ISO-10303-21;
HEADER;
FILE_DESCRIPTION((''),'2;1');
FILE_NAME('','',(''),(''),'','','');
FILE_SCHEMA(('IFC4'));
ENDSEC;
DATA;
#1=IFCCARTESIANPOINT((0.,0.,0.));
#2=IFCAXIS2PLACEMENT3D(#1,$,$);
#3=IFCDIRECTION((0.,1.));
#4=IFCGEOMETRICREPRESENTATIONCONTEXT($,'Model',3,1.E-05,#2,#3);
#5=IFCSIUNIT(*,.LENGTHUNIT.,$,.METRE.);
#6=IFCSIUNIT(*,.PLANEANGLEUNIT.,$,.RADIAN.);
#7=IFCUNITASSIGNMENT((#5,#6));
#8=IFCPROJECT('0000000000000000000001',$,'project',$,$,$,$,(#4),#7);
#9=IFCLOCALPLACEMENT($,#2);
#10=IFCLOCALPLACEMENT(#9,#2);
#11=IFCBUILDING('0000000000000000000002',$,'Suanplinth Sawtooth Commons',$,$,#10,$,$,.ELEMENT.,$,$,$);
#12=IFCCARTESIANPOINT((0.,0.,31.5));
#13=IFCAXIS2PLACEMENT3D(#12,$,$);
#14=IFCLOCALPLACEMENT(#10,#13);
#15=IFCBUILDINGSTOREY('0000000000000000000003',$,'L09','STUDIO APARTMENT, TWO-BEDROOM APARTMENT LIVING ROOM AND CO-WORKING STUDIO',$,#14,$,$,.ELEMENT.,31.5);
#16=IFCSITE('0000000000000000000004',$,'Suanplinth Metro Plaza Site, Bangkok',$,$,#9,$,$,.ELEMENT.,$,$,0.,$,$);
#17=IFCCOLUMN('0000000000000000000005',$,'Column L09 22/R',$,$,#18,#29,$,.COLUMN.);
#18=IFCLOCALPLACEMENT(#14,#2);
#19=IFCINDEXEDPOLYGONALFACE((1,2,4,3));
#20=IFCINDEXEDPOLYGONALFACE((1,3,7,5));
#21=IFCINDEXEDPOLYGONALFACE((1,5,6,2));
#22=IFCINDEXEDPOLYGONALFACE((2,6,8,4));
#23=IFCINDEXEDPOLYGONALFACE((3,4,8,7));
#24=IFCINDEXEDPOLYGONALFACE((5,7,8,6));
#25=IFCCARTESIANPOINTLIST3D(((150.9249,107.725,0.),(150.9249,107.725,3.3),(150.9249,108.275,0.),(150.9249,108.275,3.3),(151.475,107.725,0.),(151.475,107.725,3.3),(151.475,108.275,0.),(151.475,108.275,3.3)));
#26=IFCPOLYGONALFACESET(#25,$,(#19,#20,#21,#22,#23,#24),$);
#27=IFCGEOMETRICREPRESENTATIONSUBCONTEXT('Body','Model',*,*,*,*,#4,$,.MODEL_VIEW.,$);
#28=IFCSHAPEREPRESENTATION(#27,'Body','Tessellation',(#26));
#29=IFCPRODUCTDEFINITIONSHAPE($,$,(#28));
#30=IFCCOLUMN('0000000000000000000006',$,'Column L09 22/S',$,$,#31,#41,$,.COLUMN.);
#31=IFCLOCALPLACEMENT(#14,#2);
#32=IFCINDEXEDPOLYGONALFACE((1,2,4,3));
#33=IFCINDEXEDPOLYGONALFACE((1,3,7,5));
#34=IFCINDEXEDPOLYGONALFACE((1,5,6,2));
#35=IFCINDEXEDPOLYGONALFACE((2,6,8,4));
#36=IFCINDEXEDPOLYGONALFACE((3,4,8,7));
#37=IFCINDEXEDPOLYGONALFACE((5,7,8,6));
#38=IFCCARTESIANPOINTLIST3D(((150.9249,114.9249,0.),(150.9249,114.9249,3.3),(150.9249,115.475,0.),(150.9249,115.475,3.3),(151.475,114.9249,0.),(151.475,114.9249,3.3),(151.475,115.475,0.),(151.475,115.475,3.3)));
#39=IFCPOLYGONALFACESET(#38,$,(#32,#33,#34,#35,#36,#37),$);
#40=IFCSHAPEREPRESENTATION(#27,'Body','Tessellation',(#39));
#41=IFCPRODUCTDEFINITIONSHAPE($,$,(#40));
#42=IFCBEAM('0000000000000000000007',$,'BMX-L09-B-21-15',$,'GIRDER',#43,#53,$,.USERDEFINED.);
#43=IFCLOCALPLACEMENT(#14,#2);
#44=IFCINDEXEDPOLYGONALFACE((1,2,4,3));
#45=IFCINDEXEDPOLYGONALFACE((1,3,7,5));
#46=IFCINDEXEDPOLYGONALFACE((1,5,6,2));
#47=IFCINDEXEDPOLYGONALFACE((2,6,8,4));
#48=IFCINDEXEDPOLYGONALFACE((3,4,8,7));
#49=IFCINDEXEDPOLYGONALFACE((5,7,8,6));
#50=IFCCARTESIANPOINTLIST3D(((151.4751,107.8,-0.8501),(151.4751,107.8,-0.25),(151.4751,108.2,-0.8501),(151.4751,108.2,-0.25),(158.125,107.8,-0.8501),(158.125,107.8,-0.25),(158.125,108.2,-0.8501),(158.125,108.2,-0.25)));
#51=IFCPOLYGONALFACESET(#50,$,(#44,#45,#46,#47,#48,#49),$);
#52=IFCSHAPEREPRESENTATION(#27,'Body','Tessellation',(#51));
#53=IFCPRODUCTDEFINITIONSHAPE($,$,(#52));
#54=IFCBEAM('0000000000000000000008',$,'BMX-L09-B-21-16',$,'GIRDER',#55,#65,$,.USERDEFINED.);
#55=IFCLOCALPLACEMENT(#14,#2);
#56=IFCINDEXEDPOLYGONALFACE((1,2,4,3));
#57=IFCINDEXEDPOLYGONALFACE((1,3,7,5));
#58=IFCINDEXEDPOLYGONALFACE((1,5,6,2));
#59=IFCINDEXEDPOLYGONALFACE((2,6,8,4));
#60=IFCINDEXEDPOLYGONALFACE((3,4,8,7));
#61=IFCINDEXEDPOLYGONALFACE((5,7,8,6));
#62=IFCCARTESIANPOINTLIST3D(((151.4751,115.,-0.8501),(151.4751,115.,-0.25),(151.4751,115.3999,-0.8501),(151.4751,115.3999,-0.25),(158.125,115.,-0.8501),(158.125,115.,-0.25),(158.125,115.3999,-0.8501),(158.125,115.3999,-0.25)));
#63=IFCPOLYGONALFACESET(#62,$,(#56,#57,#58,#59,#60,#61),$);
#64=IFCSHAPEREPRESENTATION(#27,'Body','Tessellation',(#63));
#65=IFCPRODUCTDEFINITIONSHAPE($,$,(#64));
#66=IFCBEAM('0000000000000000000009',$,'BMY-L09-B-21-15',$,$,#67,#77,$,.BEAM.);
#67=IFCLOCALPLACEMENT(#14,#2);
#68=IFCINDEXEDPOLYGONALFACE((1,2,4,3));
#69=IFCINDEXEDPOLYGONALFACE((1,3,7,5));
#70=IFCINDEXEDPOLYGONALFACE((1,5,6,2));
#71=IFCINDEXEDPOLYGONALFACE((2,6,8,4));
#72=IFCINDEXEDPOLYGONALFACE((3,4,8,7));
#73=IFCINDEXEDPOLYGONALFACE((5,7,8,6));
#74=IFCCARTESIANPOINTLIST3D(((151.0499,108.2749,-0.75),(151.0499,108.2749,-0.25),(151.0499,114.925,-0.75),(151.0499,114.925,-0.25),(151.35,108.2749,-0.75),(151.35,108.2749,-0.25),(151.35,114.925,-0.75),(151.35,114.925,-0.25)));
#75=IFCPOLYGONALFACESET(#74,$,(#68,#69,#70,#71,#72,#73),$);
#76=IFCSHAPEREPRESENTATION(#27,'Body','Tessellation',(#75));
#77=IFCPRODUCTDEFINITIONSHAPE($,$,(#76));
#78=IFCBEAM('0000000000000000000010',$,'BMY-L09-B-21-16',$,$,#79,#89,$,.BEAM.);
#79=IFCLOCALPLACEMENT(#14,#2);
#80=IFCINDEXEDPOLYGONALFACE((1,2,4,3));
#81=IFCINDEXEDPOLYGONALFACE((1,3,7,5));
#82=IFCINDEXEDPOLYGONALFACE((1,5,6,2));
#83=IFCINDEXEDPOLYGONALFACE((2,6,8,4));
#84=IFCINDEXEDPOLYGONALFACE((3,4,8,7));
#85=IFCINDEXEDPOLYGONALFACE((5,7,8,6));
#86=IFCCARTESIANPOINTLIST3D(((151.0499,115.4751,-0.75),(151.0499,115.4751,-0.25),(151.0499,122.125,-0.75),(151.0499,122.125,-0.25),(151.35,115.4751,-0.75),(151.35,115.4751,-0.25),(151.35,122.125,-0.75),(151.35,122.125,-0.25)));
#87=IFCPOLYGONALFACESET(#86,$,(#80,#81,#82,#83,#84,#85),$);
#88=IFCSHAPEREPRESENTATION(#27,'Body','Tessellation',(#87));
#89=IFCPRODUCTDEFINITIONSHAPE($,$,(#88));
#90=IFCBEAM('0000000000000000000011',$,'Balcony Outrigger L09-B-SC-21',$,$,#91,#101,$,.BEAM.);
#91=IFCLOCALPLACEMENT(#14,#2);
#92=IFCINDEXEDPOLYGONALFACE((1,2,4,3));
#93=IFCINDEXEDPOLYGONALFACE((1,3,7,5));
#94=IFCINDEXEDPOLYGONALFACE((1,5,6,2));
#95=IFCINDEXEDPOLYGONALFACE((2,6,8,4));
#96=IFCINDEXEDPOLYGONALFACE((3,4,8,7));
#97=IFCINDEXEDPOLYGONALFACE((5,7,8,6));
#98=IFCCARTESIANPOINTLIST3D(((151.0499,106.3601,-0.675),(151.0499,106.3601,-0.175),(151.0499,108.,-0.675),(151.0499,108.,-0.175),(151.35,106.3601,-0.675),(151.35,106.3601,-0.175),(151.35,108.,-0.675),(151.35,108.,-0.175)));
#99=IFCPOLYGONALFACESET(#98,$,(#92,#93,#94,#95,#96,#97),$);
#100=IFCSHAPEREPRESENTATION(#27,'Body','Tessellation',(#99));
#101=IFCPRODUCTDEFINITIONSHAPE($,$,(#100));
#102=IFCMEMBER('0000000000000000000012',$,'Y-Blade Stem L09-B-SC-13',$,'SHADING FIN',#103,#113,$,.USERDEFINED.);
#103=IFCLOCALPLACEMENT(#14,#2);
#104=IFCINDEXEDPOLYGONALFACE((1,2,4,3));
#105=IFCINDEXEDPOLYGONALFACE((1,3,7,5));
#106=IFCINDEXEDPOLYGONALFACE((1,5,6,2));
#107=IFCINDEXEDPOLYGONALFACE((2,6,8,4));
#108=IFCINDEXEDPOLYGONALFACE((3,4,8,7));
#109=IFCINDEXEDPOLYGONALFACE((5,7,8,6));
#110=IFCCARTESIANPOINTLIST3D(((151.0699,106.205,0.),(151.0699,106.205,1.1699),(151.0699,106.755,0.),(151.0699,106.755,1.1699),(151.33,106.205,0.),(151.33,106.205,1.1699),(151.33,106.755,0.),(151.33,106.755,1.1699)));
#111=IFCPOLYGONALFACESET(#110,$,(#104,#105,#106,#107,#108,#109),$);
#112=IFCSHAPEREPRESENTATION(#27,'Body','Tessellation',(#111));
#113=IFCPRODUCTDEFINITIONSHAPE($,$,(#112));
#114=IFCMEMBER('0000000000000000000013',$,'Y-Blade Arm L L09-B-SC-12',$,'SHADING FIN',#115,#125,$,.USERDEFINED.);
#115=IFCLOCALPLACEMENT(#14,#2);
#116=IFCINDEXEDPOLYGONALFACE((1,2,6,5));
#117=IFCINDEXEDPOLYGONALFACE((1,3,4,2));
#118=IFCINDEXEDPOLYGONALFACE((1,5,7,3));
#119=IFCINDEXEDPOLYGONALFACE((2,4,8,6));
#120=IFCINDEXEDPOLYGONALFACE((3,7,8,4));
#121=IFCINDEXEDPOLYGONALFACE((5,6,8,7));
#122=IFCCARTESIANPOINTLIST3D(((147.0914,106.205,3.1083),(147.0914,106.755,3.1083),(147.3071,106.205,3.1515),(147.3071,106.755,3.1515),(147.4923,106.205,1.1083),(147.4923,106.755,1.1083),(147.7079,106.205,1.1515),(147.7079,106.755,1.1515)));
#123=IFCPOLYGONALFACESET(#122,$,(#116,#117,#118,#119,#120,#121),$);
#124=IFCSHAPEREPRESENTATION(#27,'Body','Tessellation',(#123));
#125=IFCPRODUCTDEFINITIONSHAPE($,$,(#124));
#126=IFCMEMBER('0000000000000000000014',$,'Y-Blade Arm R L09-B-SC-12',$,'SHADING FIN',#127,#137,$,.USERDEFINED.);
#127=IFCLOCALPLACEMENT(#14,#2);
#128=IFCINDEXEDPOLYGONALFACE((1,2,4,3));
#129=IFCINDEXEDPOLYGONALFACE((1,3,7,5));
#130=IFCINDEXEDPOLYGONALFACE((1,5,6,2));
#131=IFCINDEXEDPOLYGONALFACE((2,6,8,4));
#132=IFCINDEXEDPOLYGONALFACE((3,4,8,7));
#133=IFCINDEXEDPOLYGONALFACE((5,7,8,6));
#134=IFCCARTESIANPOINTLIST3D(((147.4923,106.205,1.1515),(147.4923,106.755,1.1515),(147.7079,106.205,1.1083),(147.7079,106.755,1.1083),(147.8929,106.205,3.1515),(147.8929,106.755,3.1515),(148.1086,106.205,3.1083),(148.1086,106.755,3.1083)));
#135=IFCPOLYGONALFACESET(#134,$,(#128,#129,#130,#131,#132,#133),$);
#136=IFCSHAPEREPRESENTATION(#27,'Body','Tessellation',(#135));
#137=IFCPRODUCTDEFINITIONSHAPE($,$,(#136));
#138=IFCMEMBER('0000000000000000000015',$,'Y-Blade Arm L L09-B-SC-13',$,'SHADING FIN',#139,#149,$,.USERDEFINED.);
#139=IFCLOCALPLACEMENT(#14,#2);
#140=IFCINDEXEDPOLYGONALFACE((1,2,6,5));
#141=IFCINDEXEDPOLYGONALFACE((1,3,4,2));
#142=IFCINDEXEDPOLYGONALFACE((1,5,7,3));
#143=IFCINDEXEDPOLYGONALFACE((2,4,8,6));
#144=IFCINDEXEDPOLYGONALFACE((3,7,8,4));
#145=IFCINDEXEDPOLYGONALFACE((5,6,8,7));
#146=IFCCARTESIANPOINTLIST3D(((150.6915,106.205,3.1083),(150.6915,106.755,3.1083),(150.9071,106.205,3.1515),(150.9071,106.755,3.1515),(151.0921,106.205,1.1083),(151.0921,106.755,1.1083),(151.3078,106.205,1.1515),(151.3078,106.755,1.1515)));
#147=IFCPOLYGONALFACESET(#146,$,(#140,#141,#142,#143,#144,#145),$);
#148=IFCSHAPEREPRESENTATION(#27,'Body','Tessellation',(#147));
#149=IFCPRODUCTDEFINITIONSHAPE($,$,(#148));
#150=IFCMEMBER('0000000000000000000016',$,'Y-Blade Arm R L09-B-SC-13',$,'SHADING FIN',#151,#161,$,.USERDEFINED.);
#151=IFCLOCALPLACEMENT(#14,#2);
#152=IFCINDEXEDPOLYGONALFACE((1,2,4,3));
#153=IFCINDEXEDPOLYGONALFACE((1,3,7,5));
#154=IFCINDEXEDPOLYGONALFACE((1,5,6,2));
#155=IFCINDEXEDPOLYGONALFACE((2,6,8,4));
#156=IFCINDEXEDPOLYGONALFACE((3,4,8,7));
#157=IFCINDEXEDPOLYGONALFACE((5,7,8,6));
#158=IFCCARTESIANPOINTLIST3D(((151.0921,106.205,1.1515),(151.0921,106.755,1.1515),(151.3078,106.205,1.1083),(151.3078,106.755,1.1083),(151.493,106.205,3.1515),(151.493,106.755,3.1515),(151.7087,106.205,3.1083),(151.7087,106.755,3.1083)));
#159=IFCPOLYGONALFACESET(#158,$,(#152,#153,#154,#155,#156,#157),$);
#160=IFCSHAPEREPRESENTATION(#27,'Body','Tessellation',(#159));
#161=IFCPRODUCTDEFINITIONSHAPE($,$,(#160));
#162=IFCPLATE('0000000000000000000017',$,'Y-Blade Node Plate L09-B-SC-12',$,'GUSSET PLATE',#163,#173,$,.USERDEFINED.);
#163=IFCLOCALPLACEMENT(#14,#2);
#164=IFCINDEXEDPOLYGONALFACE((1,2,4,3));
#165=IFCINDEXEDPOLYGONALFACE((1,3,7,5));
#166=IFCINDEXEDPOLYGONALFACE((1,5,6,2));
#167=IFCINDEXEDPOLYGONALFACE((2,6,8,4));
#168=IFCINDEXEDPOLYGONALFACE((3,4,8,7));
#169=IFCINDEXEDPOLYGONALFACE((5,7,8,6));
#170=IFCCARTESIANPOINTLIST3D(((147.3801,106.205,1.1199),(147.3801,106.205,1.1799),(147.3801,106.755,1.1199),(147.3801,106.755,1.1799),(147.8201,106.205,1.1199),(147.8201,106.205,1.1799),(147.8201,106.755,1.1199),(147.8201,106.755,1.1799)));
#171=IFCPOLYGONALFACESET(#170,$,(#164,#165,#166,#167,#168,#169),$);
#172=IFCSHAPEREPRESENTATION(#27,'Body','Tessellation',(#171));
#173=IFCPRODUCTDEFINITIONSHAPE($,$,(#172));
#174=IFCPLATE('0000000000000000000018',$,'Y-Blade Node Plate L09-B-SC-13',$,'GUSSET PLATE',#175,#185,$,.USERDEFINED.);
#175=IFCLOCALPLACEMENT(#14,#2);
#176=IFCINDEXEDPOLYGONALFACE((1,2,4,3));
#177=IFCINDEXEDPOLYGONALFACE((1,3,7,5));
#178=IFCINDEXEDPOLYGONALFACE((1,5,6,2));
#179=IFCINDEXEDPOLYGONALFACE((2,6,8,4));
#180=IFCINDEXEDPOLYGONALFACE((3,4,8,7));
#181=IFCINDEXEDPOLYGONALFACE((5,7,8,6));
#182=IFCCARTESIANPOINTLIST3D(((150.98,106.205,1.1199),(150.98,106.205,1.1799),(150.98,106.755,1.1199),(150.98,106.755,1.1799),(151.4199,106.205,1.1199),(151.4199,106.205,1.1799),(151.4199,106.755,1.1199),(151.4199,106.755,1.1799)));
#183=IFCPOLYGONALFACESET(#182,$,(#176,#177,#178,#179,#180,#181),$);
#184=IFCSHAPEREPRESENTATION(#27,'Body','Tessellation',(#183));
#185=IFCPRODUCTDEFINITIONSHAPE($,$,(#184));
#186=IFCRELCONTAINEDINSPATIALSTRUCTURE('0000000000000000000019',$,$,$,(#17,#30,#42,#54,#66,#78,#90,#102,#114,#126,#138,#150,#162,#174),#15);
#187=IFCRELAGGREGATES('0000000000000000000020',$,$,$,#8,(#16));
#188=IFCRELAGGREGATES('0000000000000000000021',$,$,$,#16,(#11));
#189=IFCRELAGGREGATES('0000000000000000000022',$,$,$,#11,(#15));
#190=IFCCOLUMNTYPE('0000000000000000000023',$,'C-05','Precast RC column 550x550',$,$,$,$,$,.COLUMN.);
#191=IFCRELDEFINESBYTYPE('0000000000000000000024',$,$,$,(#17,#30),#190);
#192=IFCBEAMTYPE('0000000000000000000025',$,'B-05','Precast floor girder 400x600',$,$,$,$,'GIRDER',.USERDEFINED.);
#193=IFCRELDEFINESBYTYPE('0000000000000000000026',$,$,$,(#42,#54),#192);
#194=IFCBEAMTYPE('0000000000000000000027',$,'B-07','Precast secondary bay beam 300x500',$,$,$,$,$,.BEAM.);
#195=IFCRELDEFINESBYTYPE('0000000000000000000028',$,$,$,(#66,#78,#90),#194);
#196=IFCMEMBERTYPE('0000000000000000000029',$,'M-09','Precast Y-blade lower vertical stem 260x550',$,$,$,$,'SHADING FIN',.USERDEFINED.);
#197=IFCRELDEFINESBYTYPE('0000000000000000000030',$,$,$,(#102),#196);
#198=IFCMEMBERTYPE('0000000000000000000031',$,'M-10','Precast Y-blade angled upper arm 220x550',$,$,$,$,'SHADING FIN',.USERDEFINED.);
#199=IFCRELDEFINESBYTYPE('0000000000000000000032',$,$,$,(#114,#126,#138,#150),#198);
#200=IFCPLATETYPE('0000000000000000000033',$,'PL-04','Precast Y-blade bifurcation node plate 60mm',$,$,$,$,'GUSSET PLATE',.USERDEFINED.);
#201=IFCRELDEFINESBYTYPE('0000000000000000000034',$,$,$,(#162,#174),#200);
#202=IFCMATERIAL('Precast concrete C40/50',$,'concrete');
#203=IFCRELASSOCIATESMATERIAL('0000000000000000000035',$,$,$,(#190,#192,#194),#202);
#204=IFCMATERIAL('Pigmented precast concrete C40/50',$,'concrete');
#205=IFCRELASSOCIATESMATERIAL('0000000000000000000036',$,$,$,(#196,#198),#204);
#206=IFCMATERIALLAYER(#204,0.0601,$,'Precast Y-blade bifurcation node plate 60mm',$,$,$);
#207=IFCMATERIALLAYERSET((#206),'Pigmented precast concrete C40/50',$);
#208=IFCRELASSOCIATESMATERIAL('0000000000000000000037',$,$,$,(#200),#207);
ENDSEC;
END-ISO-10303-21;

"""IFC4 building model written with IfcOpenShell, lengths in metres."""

from ifc_helpers import new_model, si_unit, direction, frame, origin, origin_2d, place, context, subcontext, project, spatial, rectangle, extrude, material, layer, layer_set, material_profile, profile_set, type_object, element, save


model = new_model("IFC4")

# Units and contexts
model_context = context("Model", 3, precision=1e-05, world=origin(), true_north=direction((0.0, 1.0)))
body_context = subcontext(model_context, "Body", "Model", "MODEL_VIEW")
ifc_project = project(units=[si_unit("LENGTHUNIT", "METRE"), si_unit("PLANEANGLEUNIT", "RADIAN")], contexts=[model_context])

# Site, building, storey
site_placement = place(None, origin())
site = spatial("IfcSite", under=ifc_project, at=site_placement, Name="Suanplinth Metro Plaza Site, Bangkok", CompositionType="ELEMENT", RefElevation=0.0)
building_placement = place(site_placement, origin())
building = spatial("IfcBuilding", under=site, at=building_placement, Name="Suanplinth Sawtooth Commons", CompositionType="ELEMENT")
storey_placement = place(building_placement, frame((0.0, 0.0, 31.5)))
storey = spatial("IfcBuildingStorey", under=building, at=storey_placement, Name="L09", Description="STUDIO APARTMENT, TWO-BEDROOM APARTMENT LIVING ROOM AND CO-WORKING STUDIO", CompositionType="ELEMENT", Elevation=31.5)

# Columns
ifc_material_1 = material(Name="Precast concrete C40/50", Category="concrete")
ifc_material_profile_1 = material_profile(ifc_material_1, rectangle(XDim=0.55, YDim=0.55, at=origin_2d()), Name="PC-COL 550x550")
ifc_profile_set_1 = profile_set([ifc_material_profile_1], Name="Precast concrete C40/50")
column_type = type_object("IfcColumnType", Name="C-05", Description="Precast RC column 550x550", PredefinedType="COLUMN", material=ifc_profile_set_1)
for number, where, z_axis, x_axis, name in (
    (1, (151.2, 108.0, 0.0), (0.0, 0.0, 1.0), (1.0, 0.0, 0.0), "Column L09 22/R"),
    (2, (151.2, 115.2, 0.0), (0.0, 0.0, 1.0), (1.0, 0.0, 0.0), "Column L09 22/S"),
):
    element("IfcColumn", number, at=place(storey_placement, frame(where, z_axis=z_axis, x_axis=x_axis)), inside=storey, type_object=column_type, Name=name, PredefinedType="COLUMN", context=body_context, shape_type="SweptSolid", body=[
        extrude(rectangle(XDim=0.55, YDim=0.55, at=origin_2d()), origin(), (0.0, 0.0, 1.0), 3.3),
    ])

# Beams
ifc_material_profile_2 = material_profile(ifc_material_1, rectangle(XDim=0.3999, YDim=0.6001, at=origin_2d()), Name="PC-GDR 400x600")
ifc_profile_set_2 = profile_set([ifc_material_profile_2], Name="Precast concrete C40/50")
beam_type_1 = type_object("IfcBeamType", Name="B-05", Description="Precast floor girder 400x600", ElementType="GIRDER", PredefinedType="USERDEFINED", material=ifc_profile_set_2)
for number, where, z_axis, x_axis, name in (
    (3, (151.4751, 108.0, -0.55), (1.0, 0.0, 0.0), (0.0, 1.0, 0.0), "BMX-L09-B-21-15"),
    (4, (151.4751, 115.2, -0.55), (1.0, 0.0, 0.0), (0.0, 1.0, 0.0), "BMX-L09-B-21-16"),
):
    element("IfcBeam", number, at=place(storey_placement, frame(where, z_axis=z_axis, x_axis=x_axis)), inside=storey, type_object=beam_type_1, Name=name, ObjectType="GIRDER", PredefinedType="USERDEFINED", context=body_context, shape_type="SweptSolid", body=[
        extrude(rectangle(XDim=0.3999, YDim=0.6001, at=origin_2d()), origin(), (0.0, 0.0, 1.0), 6.6499),
    ])
ifc_material_profile_3 = material_profile(ifc_material_1, rectangle(XDim=0.3, YDim=0.5, at=origin_2d()), Name="PC-BM 300x500")
ifc_profile_set_3 = profile_set([ifc_material_profile_3], Name="Precast concrete C40/50")
beam_type_2 = type_object("IfcBeamType", Name="B-07", Description="Precast secondary bay beam 300x500", PredefinedType="BEAM", material=ifc_profile_set_3)
beam_1_placement = place(storey_placement, frame((151.2, 108.2749, -0.5), z_axis=(0.0, 1.0, 0.0), x_axis=(-1.0, 0.0, 0.0)))
element("IfcBeam", 5, at=beam_1_placement, inside=storey, type_object=beam_type_2, Name="BMY-L09-B-21-15", PredefinedType="BEAM", context=body_context, shape_type="SweptSolid", body=[
    extrude(rectangle(XDim=0.3, YDim=0.5, at=origin_2d()), origin(), (0.0, 0.0, 1.0), 6.6501),
])
beam_2_placement = place(storey_placement, frame((151.2, 115.4751, -0.5), z_axis=(0.0, 1.0, 0.0), x_axis=(-1.0, 0.0, 0.0)))
element("IfcBeam", 6, at=beam_2_placement, inside=storey, type_object=beam_type_2, Name="BMY-L09-B-21-16", PredefinedType="BEAM", context=body_context, shape_type="SweptSolid", body=[
    extrude(rectangle(XDim=0.3, YDim=0.5, at=origin_2d()), origin(), (0.0, 0.0, 1.0), 6.6499),
])
beam_3_placement = place(storey_placement, frame((151.2, 108.0, -0.425), z_axis=(0.0, -1.0, 0.0), x_axis=(1.0, 0.0, 0.0)))
element("IfcBeam", 7, at=beam_3_placement, inside=storey, type_object=beam_type_2, Name="Balcony Outrigger L09-B-SC-21", PredefinedType="BEAM", context=body_context, shape_type="SweptSolid", body=[
    extrude(rectangle(XDim=0.3, YDim=0.5, at=origin_2d()), origin(), (0.0, 0.0, 1.0), 1.6399),
])

# Members
ifc_material_2 = material(Name="Pigmented precast concrete C40/50", Category="concrete")
ifc_material_profile_4 = material_profile(ifc_material_2, rectangle(XDim=0.26, YDim=0.55, at=origin_2d()), Name="PC-FIN 260x550")
ifc_profile_set_4 = profile_set([ifc_material_profile_4], Name="Pigmented precast concrete C40/50")
member_type_1 = type_object("IfcMemberType", Name="M-09", Description="Precast Y-blade lower vertical stem 260x550", ElementType="SHADING FIN", PredefinedType="USERDEFINED", material=ifc_profile_set_4)
member_placement = place(storey_placement, frame((151.2, 106.48, 0.0), z_axis=(0.0, 0.0, 1.0), x_axis=(1.0, 0.0, 0.0)))
element("IfcMember", 8, at=member_placement, inside=storey, type_object=member_type_1, Name="Y-Blade Stem L09-B-SC-13", ObjectType="SHADING FIN", PredefinedType="USERDEFINED", context=body_context, shape_type="SweptSolid", body=[
    extrude(rectangle(XDim=0.26, YDim=0.55, at=origin_2d()), origin(), (0.0, 0.0, 1.0), 1.1699),
])
ifc_material_profile_5 = material_profile(ifc_material_2, rectangle(XDim=0.22, YDim=0.55, at=origin_2d()), Name="PC-FIN 220x550")
ifc_profile_set_5 = profile_set([ifc_material_profile_5], Name="Pigmented precast concrete C40/50")
member_type_2 = type_object("IfcMemberType", Name="M-10", Description="Precast Y-blade angled upper arm 220x550", ElementType="SHADING FIN", PredefinedType="USERDEFINED", material=ifc_profile_set_5)
for number, where, z_axis, x_axis, name in (
    (9, (147.6001, 106.48, 1.1299), (-0.19653, 0.0, 0.980498), (0.980498, 0.0, 0.19653), "Y-Blade Arm L L09-B-SC-12"),
    (10, (147.6001, 106.48, 1.1299), (0.196415, 0.0, 0.980521), (-0.980521, 0.0, 0.196415), "Y-Blade Arm R L09-B-SC-12"),
    (11, (151.2, 106.48, 1.1299), (-0.196415, 0.0, 0.980521), (0.980521, 0.0, 0.196415), "Y-Blade Arm L L09-B-SC-13"),
    (12, (151.2, 106.48, 1.1299), (0.19653, 0.0, 0.980498), (-0.980498, 0.0, 0.19653), "Y-Blade Arm R L09-B-SC-13"),
):
    element("IfcMember", number, at=place(storey_placement, frame(where, z_axis=z_axis, x_axis=x_axis)), inside=storey, type_object=member_type_2, Name=name, ObjectType="SHADING FIN", PredefinedType="USERDEFINED", context=body_context, shape_type="SweptSolid", body=[
        extrude(rectangle(XDim=0.22, YDim=0.55, at=origin_2d()), origin(), (0.0, 0.0, 1.0), 2.0398),
    ])

# Plates
ifc_layer_1 = layer(ifc_material_2, 0.0601, Name="Precast Y-blade bifurcation node plate 60mm")
ifc_layer_set_1 = layer_set([ifc_layer_1], Name="Pigmented precast concrete C40/50")
plate_type = type_object("IfcPlateType", Name="PL-04", Description="Precast Y-blade bifurcation node plate 60mm", ElementType="GUSSET PLATE", PredefinedType="USERDEFINED", material=ifc_layer_set_1)
for number, where, z_axis, x_axis, name in (
    (13, (147.6001, 106.48, 1.1199), (0.0, 0.0, 1.0), (1.0, 0.0, 0.0), "Y-Blade Node Plate L09-B-SC-12"),
    (14, (151.2, 106.48, 1.1199), (0.0, 0.0, 1.0), (1.0, 0.0, 0.0), "Y-Blade Node Plate L09-B-SC-13"),
):
    element("IfcPlate", number, at=place(storey_placement, frame(where, z_axis=z_axis, x_axis=x_axis)), inside=storey, type_object=plate_type, Name=name, ObjectType="GUSSET PLATE", PredefinedType="USERDEFINED", context=body_context, shape_type="SweptSolid", body=[
        extrude(rectangle(XDim=0.4399, YDim=0.55, at=origin_2d()), origin(), (0.0, 0.0, 1.0), 0.0601),
    ])

save(model, "model.ifc")
